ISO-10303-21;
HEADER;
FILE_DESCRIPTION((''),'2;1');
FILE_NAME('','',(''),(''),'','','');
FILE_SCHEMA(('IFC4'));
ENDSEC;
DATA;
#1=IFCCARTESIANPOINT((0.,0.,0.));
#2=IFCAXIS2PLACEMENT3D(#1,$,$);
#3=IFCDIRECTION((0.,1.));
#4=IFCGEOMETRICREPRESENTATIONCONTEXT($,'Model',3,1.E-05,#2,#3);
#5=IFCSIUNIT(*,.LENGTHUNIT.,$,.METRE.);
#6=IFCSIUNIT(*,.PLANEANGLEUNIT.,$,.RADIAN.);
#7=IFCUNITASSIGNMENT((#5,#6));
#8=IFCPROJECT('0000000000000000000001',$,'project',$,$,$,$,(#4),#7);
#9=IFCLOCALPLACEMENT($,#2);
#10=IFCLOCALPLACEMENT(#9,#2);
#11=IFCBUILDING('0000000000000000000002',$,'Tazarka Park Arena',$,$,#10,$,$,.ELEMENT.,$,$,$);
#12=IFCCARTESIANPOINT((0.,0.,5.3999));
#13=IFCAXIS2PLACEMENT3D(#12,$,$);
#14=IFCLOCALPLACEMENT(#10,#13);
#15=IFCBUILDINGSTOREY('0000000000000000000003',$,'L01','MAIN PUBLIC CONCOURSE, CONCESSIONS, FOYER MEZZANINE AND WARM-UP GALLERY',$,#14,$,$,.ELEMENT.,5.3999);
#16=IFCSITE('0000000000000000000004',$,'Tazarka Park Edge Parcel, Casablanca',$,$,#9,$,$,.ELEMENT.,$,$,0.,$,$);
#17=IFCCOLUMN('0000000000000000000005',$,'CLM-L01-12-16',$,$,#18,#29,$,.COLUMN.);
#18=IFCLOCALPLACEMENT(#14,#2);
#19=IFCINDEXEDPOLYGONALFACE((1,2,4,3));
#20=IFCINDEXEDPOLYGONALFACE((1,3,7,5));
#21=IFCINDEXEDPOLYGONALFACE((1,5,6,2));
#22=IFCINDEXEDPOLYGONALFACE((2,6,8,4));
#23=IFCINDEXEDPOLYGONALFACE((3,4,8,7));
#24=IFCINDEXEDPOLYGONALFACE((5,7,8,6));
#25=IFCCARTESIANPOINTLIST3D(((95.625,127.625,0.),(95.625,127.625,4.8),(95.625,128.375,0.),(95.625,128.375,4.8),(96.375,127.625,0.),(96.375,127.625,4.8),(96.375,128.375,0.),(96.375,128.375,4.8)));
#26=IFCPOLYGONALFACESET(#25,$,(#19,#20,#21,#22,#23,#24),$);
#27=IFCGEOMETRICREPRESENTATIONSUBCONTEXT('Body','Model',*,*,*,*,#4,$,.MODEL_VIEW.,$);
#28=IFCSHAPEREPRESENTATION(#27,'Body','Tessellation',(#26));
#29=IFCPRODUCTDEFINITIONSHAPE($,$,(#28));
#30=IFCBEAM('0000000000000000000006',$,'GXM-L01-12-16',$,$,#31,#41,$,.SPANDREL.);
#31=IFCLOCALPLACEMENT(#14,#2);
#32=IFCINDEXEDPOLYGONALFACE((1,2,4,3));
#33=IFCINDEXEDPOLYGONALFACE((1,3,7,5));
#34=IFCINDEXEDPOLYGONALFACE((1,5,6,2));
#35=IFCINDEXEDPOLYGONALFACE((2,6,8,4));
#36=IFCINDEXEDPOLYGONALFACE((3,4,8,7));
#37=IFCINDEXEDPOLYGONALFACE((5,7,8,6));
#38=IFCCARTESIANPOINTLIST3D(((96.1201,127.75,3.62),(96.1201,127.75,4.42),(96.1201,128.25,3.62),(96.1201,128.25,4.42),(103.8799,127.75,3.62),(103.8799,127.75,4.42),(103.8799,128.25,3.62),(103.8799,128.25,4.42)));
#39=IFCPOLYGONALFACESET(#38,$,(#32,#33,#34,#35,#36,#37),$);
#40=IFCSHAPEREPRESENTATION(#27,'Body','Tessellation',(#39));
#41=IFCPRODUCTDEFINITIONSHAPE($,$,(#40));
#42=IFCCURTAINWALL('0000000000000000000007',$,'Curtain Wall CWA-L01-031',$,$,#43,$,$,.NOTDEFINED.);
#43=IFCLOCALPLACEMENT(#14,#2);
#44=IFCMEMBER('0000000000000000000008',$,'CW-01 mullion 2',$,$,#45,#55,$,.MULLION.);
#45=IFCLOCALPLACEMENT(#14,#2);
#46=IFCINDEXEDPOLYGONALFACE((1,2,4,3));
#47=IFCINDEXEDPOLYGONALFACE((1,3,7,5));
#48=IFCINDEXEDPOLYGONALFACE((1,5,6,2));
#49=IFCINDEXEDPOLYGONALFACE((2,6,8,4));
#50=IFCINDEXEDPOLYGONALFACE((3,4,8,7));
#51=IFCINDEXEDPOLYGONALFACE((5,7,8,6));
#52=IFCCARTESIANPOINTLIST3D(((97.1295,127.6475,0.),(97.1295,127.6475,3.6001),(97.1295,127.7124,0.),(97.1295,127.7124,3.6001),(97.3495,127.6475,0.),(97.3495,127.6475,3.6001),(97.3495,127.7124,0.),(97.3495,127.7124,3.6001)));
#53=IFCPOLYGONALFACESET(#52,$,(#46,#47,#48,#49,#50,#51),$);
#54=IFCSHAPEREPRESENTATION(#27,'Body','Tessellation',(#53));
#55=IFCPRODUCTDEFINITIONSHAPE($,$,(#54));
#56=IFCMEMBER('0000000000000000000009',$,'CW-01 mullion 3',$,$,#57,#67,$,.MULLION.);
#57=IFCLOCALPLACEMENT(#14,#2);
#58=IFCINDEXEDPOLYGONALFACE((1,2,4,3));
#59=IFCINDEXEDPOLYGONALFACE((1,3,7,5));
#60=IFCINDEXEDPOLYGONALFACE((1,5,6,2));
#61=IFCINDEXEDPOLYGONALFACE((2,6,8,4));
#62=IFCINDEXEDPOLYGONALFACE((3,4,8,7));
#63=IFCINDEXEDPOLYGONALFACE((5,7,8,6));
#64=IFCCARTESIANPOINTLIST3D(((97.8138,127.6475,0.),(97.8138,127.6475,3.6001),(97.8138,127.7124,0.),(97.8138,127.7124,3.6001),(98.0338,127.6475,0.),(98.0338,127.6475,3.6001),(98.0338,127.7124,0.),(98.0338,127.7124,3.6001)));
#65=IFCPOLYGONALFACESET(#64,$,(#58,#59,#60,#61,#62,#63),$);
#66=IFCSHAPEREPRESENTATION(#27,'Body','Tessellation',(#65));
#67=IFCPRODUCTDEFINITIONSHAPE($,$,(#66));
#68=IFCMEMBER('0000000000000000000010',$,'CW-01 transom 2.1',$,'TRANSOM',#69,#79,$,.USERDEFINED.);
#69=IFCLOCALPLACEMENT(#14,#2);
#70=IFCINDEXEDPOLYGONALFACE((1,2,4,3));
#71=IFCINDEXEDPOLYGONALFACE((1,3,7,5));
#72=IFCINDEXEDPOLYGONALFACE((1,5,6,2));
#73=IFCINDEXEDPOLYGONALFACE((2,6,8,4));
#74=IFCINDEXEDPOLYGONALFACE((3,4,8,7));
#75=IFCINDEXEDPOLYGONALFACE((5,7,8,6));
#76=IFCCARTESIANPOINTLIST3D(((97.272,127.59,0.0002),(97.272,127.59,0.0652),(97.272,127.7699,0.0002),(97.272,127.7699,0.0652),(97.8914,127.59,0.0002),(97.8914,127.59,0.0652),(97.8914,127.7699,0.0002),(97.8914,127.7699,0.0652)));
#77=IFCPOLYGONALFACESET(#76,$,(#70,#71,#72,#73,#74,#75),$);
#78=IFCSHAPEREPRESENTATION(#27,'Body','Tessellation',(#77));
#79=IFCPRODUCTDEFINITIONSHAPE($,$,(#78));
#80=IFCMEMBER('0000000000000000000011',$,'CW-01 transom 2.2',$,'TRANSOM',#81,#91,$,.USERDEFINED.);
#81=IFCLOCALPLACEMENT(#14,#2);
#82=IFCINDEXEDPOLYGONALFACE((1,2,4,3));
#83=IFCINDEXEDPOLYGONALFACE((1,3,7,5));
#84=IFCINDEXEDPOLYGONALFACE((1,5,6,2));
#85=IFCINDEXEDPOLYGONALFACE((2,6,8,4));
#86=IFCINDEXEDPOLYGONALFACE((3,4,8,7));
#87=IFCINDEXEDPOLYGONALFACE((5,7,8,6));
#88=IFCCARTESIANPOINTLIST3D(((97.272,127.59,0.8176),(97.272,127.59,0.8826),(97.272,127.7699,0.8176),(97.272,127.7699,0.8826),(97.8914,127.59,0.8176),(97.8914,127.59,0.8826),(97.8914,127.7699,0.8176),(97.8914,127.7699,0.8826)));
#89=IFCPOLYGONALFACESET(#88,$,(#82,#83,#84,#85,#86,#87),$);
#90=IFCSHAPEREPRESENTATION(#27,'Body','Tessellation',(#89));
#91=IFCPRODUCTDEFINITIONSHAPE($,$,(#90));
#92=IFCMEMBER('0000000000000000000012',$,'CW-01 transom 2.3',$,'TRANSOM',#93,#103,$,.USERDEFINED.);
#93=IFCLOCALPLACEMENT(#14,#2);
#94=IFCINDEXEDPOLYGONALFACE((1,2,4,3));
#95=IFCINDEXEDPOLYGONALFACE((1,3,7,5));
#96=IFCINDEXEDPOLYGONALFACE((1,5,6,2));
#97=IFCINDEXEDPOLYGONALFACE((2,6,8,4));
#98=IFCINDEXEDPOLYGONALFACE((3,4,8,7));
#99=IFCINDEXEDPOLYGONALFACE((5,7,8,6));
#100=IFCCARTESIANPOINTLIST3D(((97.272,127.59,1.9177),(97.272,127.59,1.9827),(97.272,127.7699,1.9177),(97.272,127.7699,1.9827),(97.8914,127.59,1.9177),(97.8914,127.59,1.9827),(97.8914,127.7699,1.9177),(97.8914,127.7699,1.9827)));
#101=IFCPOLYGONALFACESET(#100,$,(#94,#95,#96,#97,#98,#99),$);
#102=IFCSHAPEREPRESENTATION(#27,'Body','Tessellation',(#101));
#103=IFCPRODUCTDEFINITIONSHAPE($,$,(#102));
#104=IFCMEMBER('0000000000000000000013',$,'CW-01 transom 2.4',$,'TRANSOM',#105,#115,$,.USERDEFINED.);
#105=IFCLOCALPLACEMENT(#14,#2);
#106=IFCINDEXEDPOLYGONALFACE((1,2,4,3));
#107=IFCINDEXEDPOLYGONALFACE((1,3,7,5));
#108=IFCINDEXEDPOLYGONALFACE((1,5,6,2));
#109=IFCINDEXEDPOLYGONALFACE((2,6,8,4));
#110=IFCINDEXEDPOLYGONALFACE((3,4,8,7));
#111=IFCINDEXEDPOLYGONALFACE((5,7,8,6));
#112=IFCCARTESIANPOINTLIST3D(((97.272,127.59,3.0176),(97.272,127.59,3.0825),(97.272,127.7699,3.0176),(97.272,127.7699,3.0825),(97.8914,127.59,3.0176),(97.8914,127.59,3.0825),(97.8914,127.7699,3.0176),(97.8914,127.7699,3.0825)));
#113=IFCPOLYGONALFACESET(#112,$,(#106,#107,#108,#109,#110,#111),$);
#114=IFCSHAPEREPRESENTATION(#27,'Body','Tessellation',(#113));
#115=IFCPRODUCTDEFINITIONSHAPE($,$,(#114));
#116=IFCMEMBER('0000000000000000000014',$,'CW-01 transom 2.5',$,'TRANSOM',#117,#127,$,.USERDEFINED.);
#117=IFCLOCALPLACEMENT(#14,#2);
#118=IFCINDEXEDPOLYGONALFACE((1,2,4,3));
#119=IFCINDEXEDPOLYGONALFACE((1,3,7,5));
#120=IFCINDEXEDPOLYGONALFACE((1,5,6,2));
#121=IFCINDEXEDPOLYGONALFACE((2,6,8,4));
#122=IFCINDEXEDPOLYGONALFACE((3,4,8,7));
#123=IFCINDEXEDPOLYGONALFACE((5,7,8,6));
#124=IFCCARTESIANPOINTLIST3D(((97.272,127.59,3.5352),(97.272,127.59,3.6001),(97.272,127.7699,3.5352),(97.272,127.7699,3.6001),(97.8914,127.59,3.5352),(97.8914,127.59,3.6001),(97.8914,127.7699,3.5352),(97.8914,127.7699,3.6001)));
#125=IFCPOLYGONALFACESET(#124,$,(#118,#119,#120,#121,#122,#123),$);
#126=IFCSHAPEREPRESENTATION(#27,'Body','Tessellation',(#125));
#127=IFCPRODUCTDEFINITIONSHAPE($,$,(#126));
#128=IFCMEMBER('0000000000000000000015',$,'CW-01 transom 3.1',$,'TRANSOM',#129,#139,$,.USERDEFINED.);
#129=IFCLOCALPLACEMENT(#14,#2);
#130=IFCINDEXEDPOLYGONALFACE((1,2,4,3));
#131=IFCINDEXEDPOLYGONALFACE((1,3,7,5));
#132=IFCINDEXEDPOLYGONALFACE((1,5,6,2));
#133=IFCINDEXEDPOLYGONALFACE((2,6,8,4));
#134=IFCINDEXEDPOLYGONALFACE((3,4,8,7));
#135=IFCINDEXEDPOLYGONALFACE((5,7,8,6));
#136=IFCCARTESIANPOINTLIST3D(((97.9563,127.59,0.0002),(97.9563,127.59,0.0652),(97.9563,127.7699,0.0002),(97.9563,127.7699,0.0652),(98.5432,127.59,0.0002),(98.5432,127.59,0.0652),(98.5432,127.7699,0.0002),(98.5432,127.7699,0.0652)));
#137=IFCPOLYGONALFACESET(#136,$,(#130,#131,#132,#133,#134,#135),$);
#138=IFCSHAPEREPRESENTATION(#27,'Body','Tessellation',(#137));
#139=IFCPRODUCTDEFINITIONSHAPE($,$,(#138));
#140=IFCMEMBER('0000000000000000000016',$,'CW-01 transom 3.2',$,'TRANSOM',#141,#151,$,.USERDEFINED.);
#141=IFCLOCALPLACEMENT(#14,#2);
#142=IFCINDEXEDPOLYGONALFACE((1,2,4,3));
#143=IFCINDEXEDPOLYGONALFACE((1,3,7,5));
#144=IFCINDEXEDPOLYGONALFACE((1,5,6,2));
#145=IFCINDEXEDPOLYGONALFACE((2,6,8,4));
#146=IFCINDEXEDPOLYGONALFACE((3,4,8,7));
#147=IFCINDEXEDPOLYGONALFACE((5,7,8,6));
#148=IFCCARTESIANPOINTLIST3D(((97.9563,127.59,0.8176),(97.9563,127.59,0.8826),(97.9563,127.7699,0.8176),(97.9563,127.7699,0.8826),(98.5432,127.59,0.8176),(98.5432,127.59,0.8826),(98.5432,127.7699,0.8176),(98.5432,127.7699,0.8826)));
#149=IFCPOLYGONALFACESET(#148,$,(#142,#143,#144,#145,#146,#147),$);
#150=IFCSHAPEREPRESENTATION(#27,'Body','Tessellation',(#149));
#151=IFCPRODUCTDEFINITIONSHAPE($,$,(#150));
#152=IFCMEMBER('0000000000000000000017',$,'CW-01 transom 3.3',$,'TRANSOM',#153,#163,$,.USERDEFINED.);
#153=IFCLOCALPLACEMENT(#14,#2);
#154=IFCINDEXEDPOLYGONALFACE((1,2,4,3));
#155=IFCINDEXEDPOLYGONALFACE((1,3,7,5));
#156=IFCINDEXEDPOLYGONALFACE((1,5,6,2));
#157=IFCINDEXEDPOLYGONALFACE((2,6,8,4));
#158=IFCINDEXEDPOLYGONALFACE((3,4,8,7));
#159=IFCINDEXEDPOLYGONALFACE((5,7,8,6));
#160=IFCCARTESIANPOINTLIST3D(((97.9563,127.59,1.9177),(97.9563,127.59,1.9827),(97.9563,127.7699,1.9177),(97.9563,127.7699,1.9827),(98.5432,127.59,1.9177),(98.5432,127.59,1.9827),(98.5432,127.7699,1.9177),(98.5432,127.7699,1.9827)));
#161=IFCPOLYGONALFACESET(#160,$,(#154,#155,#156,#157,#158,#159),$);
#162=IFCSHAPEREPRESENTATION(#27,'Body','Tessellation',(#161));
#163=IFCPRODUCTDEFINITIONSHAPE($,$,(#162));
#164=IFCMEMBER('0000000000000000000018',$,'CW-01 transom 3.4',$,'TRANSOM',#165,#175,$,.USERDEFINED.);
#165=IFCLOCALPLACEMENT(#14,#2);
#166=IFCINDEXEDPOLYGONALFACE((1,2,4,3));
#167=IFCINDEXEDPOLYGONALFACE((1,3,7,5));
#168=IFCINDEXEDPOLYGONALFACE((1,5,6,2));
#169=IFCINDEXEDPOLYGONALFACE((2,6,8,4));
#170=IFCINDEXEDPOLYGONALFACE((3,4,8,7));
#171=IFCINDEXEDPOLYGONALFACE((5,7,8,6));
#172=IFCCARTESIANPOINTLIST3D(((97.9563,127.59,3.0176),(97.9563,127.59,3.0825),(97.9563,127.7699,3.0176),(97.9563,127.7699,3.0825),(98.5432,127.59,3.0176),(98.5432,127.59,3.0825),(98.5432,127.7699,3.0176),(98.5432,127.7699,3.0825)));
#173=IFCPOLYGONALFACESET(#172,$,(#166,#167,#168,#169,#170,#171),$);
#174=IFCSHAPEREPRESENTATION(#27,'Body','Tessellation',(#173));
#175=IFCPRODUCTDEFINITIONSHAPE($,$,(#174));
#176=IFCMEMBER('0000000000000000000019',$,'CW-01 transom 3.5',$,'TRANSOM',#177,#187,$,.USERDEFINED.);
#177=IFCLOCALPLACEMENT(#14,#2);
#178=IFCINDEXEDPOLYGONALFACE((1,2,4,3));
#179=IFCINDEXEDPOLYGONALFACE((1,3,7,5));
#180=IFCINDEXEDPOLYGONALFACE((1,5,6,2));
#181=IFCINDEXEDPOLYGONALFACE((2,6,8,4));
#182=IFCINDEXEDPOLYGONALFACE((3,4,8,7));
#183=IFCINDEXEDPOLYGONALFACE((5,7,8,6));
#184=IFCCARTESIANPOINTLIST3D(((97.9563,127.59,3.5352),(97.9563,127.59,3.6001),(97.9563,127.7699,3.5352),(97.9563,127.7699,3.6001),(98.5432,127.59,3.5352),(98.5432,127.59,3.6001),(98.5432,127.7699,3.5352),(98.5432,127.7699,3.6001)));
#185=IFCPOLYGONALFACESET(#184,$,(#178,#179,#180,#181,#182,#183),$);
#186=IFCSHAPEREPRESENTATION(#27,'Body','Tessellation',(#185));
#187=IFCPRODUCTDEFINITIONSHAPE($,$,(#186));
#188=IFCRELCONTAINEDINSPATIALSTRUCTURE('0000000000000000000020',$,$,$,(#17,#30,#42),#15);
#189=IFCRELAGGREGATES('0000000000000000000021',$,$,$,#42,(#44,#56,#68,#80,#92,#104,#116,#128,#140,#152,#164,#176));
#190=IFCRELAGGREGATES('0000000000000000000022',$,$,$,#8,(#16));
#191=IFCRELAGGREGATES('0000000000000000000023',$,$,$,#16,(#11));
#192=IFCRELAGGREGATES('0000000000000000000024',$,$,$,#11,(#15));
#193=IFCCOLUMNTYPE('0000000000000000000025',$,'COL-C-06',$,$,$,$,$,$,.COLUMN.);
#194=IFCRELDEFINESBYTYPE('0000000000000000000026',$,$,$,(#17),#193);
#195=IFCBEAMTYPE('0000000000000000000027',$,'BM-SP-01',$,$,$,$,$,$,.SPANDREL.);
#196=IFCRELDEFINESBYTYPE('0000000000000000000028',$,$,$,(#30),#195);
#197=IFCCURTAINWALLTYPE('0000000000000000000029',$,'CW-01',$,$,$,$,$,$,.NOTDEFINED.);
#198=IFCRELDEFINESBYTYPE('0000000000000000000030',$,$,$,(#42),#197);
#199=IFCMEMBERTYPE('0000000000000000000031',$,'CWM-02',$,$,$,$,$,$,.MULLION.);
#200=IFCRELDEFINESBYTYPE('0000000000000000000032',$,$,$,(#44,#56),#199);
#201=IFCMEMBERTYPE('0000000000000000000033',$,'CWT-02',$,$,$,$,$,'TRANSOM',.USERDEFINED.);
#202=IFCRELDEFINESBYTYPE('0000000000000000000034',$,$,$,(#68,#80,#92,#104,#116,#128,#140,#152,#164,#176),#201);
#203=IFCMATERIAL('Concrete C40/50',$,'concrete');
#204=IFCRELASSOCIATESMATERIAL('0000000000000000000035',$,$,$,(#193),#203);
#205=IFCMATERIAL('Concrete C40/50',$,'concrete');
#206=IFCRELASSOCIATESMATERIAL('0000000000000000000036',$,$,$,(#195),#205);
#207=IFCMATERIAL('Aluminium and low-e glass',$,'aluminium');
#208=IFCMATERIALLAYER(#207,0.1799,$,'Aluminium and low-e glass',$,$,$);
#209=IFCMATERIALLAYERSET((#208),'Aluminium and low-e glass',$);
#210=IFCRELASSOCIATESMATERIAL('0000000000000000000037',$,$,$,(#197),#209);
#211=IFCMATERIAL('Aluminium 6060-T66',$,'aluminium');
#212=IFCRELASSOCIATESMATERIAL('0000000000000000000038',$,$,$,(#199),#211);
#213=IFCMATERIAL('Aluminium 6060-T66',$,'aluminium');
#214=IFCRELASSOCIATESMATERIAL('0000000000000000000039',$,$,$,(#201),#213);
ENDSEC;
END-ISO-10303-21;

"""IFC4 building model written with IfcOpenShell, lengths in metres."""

from ifc_helpers import new_model, si_unit, direction, frame, origin, origin_2d, place, context, subcontext, project, spatial, rectangle, extrude, material, layer, layer_set, material_profile, profile_set, type_object, element, aggregate, save


model = new_model("IFC4")

# Units and contexts
model_context = context("Model", 3, precision=1e-05, world=origin(), true_north=direction((0.0, 1.0)))
body_context = subcontext(model_context, "Body", "Model", "MODEL_VIEW")
ifc_project = project(units=[si_unit("LENGTHUNIT", "METRE"), si_unit("PLANEANGLEUNIT", "RADIAN")], contexts=[model_context])

# Site, building, storey
site_placement = place(None, origin())
site = spatial("IfcSite", under=ifc_project, at=site_placement, Name="Tazarka Park Edge Parcel, Casablanca", CompositionType="ELEMENT", RefElevation=0.0)
building_placement = place(site_placement, origin())
building = spatial("IfcBuilding", under=site, at=building_placement, Name="Tazarka Park Arena", CompositionType="ELEMENT")
storey_placement = place(building_placement, frame((0.0, 0.0, 5.3999)))
storey = spatial("IfcBuildingStorey", under=building, at=storey_placement, Name="L01", Description="MAIN PUBLIC CONCOURSE, CONCESSIONS, FOYER MEZZANINE AND WARM-UP GALLERY", CompositionType="ELEMENT", Elevation=5.3999)

# Column
ifc_material_1 = material(Name="Concrete C40/50", Category="concrete")
ifc_material_profile_1 = material_profile(ifc_material_1, rectangle(XDim=0.75, YDim=0.75, at=origin_2d()), Name="Concrete C40/50")
ifc_profile_set_1 = profile_set([ifc_material_profile_1], Name="Concrete C40/50")
column_type = type_object("IfcColumnType", Name="COL-C-06", PredefinedType="COLUMN", material=ifc_profile_set_1)
column_placement = place(storey_placement, frame((96.0, 128.0, 0.0), z_axis=(0.0, 0.0, 1.0), x_axis=(1.0, 0.0, 0.0)))
element("IfcColumn", 1, at=column_placement, inside=storey, type_object=column_type, Name="CLM-L01-12-16", PredefinedType="COLUMN", context=body_context, shape_type="SweptSolid", body=[
    extrude(rectangle(XDim=0.75, YDim=0.75, at=origin_2d()), origin(), (0.0, 0.0, 1.0), 4.8),
])

# Beam
ifc_material_2 = material(Name="Concrete C40/50", Category="concrete")
ifc_material_profile_2 = material_profile(ifc_material_2, rectangle(XDim=0.5, YDim=0.8, at=origin_2d()), Name="Concrete C40/50")
ifc_profile_set_2 = profile_set([ifc_material_profile_2], Name="Concrete C40/50")
beam_type = type_object("IfcBeamType", Name="BM-SP-01", PredefinedType="SPANDREL", material=ifc_profile_set_2)
beam_placement = place(storey_placement, frame((96.1201, 128.0, 4.02), z_axis=(1.0, 0.0, 0.0), x_axis=(0.0, 1.0, 0.0)))
element("IfcBeam", 2, at=beam_placement, inside=storey, type_object=beam_type, Name="GXM-L01-12-16", PredefinedType="SPANDREL", context=body_context, shape_type="SweptSolid", body=[
    extrude(rectangle(XDim=0.5, YDim=0.8, at=origin_2d()), origin(), (0.0, 0.0, 1.0), 7.7598),
])

# Curtain wall, members
ifc_material_3 = material(Name="Aluminium and low-e glass", Category="aluminium")
ifc_layer_1 = layer(ifc_material_3, 0.1799, Name="Aluminium and low-e glass")
ifc_layer_set_1 = layer_set([ifc_layer_1], Name="Aluminium and low-e glass")
curtain_wall_type = type_object("IfcCurtainWallType", Name="CW-01", PredefinedType="NOTDEFINED", material=ifc_layer_set_1)
curtain_wall_placement = place(storey_placement, origin())
curtain_wall = element("IfcCurtainWall", 3, at=curtain_wall_placement, inside=storey, type_object=curtain_wall_type, Name="Curtain Wall CWA-L01-031", PredefinedType="NOTDEFINED")
ifc_material_4 = material(Name="Aluminium 6060-T66", Category="aluminium")
ifc_material_profile_3 = material_profile(ifc_material_4, rectangle(XDim=0.0649, YDim=0.22, at=origin_2d()), Name="Aluminium 6060-T66")
ifc_profile_set_3 = profile_set([ifc_material_profile_3], Name="Aluminium 6060-T66")
member_type_1 = type_object("IfcMemberType", Name="CWM-02", PredefinedType="MULLION", material=ifc_profile_set_3)
member_1_placement = place(storey_placement, frame((97.2395, 127.6799, 0.0), z_axis=(0.0, 0.0, 1.0), x_axis=(0.0, 1.0, 0.0)))
member_1 = element("IfcMember", 4, at=member_1_placement, type_object=member_type_1, Name="CW-01 mullion 2", PredefinedType="MULLION", context=body_context, shape_type="SweptSolid", body=[
    extrude(rectangle(XDim=0.0649, YDim=0.22, at=origin_2d()), origin(), (0.0, 0.0, 1.0), 3.6001),
])
member_2_placement = place(storey_placement, frame((97.9238, 127.6799, 0.0), z_axis=(0.0, 0.0, 1.0), x_axis=(0.0, 1.0, 0.0)))
member_2 = element("IfcMember", 5, at=member_2_placement, type_object=member_type_1, Name="CW-01 mullion 3", PredefinedType="MULLION", context=body_context, shape_type="SweptSolid", body=[
    extrude(rectangle(XDim=0.0649, YDim=0.22, at=origin_2d()), origin(), (0.0, 0.0, 1.0), 3.6001),
])
ifc_material_5 = material(Name="Aluminium 6060-T66", Category="aluminium")
ifc_material_profile_4 = material_profile(ifc_material_5, rectangle(XDim=0.1799, YDim=0.0649, at=origin_2d()), Name="Aluminium 6060-T66")
ifc_profile_set_4 = profile_set([ifc_material_profile_4], Name="Aluminium 6060-T66")
member_type_2 = type_object("IfcMemberType", Name="CWT-02", ElementType="TRANSOM", PredefinedType="USERDEFINED", material=ifc_profile_set_4)
member_3_placement = place(storey_placement, frame((97.272, 127.6799, 0.0327), z_axis=(1.0, 0.0, 0.0), x_axis=(0.0, 1.0, 0.0)))
member_3 = element("IfcMember", 6, at=member_3_placement, type_object=member_type_2, Name="CW-01 transom 2.1", ObjectType="TRANSOM", PredefinedType="USERDEFINED", context=body_context, shape_type="SweptSolid", body=[
    extrude(rectangle(XDim=0.1799, YDim=0.0649, at=origin_2d()), origin(), (0.0, 0.0, 1.0), 0.6194),
])
member_4_placement = place(storey_placement, frame((97.272, 127.6799, 0.8501), z_axis=(1.0, 0.0, 0.0), x_axis=(0.0, 1.0, 0.0)))
member_4 = element("IfcMember", 7, at=member_4_placement, type_object=member_type_2, Name="CW-01 transom 2.2", ObjectType="TRANSOM", PredefinedType="USERDEFINED", context=body_context, shape_type="SweptSolid", body=[
    extrude(rectangle(XDim=0.1799, YDim=0.0649, at=origin_2d()), origin(), (0.0, 0.0, 1.0), 0.6194),
])
member_5_placement = place(storey_placement, frame((97.272, 127.6799, 1.9502), z_axis=(1.0, 0.0, 0.0), x_axis=(0.0, 1.0, 0.0)))
member_5 = element("IfcMember", 8, at=member_5_placement, type_object=member_type_2, Name="CW-01 transom 2.3", ObjectType="TRANSOM", PredefinedType="USERDEFINED", context=body_context, shape_type="SweptSolid", body=[
    extrude(rectangle(XDim=0.1799, YDim=0.0649, at=origin_2d()), origin(), (0.0, 0.0, 1.0), 0.6194),
])
member_6_placement = place(storey_placement, frame((97.272, 127.6799, 3.05), z_axis=(1.0, 0.0, 0.0), x_axis=(0.0, 1.0, 0.0)))
member_6 = element("IfcMember", 9, at=member_6_placement, type_object=member_type_2, Name="CW-01 transom 2.4", ObjectType="TRANSOM", PredefinedType="USERDEFINED", context=body_context, shape_type="SweptSolid", body=[
    extrude(rectangle(XDim=0.1799, YDim=0.0649, at=origin_2d()), origin(), (0.0, 0.0, 1.0), 0.6194),
])
member_7_placement = place(storey_placement, frame((97.272, 127.6799, 3.5676), z_axis=(1.0, 0.0, 0.0), x_axis=(0.0, 1.0, 0.0)))
member_7 = element("IfcMember", 10, at=member_7_placement, type_object=member_type_2, Name="CW-01 transom 2.5", ObjectType="TRANSOM", PredefinedType="USERDEFINED", context=body_context, shape_type="SweptSolid", body=[
    extrude(rectangle(XDim=0.1799, YDim=0.0649, at=origin_2d()), origin(), (0.0, 0.0, 1.0), 0.6194),
])
member_8_placement = place(storey_placement, frame((97.9563, 127.6799, 0.0327), z_axis=(1.0, 0.0, 0.0), x_axis=(0.0, 1.0, 0.0)))
member_8 = element("IfcMember", 11, at=member_8_placement, type_object=member_type_2, Name="CW-01 transom 3.1", ObjectType="TRANSOM", PredefinedType="USERDEFINED", context=body_context, shape_type="SweptSolid", body=[
    extrude(rectangle(XDim=0.1799, YDim=0.0649, at=origin_2d()), origin(), (0.0, 0.0, 1.0), 0.5869),
])
member_9_placement = place(storey_placement, frame((97.9563, 127.6799, 0.8501), z_axis=(1.0, 0.0, 0.0), x_axis=(0.0, 1.0, 0.0)))
member_9 = element("IfcMember", 12, at=member_9_placement, type_object=member_type_2, Name="CW-01 transom 3.2", ObjectType="TRANSOM", PredefinedType="USERDEFINED", context=body_context, shape_type="SweptSolid", body=[
    extrude(rectangle(XDim=0.1799, YDim=0.0649, at=origin_2d()), origin(), (0.0, 0.0, 1.0), 0.5869),
])
member_10_placement = place(storey_placement, frame((97.9563, 127.6799, 1.9502), z_axis=(1.0, 0.0, 0.0), x_axis=(0.0, 1.0, 0.0)))
member_10 = element("IfcMember", 13, at=member_10_placement, type_object=member_type_2, Name="CW-01 transom 3.3", ObjectType="TRANSOM", PredefinedType="USERDEFINED", context=body_context, shape_type="SweptSolid", body=[
    extrude(rectangle(XDim=0.1799, YDim=0.0649, at=origin_2d()), origin(), (0.0, 0.0, 1.0), 0.5869),
])
member_11_placement = place(storey_placement, frame((97.9563, 127.6799, 3.05), z_axis=(1.0, 0.0, 0.0), x_axis=(0.0, 1.0, 0.0)))
member_11 = element("IfcMember", 14, at=member_11_placement, type_object=member_type_2, Name="CW-01 transom 3.4", ObjectType="TRANSOM", PredefinedType="USERDEFINED", context=body_context, shape_type="SweptSolid", body=[
    extrude(rectangle(XDim=0.1799, YDim=0.0649, at=origin_2d()), origin(), (0.0, 0.0, 1.0), 0.5869),
])
member_12_placement = place(storey_placement, frame((97.9563, 127.6799, 3.5676), z_axis=(1.0, 0.0, 0.0), x_axis=(0.0, 1.0, 0.0)))
member_12 = element("IfcMember", 15, at=member_12_placement, type_object=member_type_2, Name="CW-01 transom 3.5", ObjectType="TRANSOM", PredefinedType="USERDEFINED", context=body_context, shape_type="SweptSolid", body=[
    extrude(rectangle(XDim=0.1799, YDim=0.0649, at=origin_2d()), origin(), (0.0, 0.0, 1.0), 0.5869),
])
aggregate(curtain_wall, [member_1, member_2, member_3, member_4, member_5, member_6, member_7, member_8, member_9, member_10, member_11, member_12])

save(model, "model.ifc")
